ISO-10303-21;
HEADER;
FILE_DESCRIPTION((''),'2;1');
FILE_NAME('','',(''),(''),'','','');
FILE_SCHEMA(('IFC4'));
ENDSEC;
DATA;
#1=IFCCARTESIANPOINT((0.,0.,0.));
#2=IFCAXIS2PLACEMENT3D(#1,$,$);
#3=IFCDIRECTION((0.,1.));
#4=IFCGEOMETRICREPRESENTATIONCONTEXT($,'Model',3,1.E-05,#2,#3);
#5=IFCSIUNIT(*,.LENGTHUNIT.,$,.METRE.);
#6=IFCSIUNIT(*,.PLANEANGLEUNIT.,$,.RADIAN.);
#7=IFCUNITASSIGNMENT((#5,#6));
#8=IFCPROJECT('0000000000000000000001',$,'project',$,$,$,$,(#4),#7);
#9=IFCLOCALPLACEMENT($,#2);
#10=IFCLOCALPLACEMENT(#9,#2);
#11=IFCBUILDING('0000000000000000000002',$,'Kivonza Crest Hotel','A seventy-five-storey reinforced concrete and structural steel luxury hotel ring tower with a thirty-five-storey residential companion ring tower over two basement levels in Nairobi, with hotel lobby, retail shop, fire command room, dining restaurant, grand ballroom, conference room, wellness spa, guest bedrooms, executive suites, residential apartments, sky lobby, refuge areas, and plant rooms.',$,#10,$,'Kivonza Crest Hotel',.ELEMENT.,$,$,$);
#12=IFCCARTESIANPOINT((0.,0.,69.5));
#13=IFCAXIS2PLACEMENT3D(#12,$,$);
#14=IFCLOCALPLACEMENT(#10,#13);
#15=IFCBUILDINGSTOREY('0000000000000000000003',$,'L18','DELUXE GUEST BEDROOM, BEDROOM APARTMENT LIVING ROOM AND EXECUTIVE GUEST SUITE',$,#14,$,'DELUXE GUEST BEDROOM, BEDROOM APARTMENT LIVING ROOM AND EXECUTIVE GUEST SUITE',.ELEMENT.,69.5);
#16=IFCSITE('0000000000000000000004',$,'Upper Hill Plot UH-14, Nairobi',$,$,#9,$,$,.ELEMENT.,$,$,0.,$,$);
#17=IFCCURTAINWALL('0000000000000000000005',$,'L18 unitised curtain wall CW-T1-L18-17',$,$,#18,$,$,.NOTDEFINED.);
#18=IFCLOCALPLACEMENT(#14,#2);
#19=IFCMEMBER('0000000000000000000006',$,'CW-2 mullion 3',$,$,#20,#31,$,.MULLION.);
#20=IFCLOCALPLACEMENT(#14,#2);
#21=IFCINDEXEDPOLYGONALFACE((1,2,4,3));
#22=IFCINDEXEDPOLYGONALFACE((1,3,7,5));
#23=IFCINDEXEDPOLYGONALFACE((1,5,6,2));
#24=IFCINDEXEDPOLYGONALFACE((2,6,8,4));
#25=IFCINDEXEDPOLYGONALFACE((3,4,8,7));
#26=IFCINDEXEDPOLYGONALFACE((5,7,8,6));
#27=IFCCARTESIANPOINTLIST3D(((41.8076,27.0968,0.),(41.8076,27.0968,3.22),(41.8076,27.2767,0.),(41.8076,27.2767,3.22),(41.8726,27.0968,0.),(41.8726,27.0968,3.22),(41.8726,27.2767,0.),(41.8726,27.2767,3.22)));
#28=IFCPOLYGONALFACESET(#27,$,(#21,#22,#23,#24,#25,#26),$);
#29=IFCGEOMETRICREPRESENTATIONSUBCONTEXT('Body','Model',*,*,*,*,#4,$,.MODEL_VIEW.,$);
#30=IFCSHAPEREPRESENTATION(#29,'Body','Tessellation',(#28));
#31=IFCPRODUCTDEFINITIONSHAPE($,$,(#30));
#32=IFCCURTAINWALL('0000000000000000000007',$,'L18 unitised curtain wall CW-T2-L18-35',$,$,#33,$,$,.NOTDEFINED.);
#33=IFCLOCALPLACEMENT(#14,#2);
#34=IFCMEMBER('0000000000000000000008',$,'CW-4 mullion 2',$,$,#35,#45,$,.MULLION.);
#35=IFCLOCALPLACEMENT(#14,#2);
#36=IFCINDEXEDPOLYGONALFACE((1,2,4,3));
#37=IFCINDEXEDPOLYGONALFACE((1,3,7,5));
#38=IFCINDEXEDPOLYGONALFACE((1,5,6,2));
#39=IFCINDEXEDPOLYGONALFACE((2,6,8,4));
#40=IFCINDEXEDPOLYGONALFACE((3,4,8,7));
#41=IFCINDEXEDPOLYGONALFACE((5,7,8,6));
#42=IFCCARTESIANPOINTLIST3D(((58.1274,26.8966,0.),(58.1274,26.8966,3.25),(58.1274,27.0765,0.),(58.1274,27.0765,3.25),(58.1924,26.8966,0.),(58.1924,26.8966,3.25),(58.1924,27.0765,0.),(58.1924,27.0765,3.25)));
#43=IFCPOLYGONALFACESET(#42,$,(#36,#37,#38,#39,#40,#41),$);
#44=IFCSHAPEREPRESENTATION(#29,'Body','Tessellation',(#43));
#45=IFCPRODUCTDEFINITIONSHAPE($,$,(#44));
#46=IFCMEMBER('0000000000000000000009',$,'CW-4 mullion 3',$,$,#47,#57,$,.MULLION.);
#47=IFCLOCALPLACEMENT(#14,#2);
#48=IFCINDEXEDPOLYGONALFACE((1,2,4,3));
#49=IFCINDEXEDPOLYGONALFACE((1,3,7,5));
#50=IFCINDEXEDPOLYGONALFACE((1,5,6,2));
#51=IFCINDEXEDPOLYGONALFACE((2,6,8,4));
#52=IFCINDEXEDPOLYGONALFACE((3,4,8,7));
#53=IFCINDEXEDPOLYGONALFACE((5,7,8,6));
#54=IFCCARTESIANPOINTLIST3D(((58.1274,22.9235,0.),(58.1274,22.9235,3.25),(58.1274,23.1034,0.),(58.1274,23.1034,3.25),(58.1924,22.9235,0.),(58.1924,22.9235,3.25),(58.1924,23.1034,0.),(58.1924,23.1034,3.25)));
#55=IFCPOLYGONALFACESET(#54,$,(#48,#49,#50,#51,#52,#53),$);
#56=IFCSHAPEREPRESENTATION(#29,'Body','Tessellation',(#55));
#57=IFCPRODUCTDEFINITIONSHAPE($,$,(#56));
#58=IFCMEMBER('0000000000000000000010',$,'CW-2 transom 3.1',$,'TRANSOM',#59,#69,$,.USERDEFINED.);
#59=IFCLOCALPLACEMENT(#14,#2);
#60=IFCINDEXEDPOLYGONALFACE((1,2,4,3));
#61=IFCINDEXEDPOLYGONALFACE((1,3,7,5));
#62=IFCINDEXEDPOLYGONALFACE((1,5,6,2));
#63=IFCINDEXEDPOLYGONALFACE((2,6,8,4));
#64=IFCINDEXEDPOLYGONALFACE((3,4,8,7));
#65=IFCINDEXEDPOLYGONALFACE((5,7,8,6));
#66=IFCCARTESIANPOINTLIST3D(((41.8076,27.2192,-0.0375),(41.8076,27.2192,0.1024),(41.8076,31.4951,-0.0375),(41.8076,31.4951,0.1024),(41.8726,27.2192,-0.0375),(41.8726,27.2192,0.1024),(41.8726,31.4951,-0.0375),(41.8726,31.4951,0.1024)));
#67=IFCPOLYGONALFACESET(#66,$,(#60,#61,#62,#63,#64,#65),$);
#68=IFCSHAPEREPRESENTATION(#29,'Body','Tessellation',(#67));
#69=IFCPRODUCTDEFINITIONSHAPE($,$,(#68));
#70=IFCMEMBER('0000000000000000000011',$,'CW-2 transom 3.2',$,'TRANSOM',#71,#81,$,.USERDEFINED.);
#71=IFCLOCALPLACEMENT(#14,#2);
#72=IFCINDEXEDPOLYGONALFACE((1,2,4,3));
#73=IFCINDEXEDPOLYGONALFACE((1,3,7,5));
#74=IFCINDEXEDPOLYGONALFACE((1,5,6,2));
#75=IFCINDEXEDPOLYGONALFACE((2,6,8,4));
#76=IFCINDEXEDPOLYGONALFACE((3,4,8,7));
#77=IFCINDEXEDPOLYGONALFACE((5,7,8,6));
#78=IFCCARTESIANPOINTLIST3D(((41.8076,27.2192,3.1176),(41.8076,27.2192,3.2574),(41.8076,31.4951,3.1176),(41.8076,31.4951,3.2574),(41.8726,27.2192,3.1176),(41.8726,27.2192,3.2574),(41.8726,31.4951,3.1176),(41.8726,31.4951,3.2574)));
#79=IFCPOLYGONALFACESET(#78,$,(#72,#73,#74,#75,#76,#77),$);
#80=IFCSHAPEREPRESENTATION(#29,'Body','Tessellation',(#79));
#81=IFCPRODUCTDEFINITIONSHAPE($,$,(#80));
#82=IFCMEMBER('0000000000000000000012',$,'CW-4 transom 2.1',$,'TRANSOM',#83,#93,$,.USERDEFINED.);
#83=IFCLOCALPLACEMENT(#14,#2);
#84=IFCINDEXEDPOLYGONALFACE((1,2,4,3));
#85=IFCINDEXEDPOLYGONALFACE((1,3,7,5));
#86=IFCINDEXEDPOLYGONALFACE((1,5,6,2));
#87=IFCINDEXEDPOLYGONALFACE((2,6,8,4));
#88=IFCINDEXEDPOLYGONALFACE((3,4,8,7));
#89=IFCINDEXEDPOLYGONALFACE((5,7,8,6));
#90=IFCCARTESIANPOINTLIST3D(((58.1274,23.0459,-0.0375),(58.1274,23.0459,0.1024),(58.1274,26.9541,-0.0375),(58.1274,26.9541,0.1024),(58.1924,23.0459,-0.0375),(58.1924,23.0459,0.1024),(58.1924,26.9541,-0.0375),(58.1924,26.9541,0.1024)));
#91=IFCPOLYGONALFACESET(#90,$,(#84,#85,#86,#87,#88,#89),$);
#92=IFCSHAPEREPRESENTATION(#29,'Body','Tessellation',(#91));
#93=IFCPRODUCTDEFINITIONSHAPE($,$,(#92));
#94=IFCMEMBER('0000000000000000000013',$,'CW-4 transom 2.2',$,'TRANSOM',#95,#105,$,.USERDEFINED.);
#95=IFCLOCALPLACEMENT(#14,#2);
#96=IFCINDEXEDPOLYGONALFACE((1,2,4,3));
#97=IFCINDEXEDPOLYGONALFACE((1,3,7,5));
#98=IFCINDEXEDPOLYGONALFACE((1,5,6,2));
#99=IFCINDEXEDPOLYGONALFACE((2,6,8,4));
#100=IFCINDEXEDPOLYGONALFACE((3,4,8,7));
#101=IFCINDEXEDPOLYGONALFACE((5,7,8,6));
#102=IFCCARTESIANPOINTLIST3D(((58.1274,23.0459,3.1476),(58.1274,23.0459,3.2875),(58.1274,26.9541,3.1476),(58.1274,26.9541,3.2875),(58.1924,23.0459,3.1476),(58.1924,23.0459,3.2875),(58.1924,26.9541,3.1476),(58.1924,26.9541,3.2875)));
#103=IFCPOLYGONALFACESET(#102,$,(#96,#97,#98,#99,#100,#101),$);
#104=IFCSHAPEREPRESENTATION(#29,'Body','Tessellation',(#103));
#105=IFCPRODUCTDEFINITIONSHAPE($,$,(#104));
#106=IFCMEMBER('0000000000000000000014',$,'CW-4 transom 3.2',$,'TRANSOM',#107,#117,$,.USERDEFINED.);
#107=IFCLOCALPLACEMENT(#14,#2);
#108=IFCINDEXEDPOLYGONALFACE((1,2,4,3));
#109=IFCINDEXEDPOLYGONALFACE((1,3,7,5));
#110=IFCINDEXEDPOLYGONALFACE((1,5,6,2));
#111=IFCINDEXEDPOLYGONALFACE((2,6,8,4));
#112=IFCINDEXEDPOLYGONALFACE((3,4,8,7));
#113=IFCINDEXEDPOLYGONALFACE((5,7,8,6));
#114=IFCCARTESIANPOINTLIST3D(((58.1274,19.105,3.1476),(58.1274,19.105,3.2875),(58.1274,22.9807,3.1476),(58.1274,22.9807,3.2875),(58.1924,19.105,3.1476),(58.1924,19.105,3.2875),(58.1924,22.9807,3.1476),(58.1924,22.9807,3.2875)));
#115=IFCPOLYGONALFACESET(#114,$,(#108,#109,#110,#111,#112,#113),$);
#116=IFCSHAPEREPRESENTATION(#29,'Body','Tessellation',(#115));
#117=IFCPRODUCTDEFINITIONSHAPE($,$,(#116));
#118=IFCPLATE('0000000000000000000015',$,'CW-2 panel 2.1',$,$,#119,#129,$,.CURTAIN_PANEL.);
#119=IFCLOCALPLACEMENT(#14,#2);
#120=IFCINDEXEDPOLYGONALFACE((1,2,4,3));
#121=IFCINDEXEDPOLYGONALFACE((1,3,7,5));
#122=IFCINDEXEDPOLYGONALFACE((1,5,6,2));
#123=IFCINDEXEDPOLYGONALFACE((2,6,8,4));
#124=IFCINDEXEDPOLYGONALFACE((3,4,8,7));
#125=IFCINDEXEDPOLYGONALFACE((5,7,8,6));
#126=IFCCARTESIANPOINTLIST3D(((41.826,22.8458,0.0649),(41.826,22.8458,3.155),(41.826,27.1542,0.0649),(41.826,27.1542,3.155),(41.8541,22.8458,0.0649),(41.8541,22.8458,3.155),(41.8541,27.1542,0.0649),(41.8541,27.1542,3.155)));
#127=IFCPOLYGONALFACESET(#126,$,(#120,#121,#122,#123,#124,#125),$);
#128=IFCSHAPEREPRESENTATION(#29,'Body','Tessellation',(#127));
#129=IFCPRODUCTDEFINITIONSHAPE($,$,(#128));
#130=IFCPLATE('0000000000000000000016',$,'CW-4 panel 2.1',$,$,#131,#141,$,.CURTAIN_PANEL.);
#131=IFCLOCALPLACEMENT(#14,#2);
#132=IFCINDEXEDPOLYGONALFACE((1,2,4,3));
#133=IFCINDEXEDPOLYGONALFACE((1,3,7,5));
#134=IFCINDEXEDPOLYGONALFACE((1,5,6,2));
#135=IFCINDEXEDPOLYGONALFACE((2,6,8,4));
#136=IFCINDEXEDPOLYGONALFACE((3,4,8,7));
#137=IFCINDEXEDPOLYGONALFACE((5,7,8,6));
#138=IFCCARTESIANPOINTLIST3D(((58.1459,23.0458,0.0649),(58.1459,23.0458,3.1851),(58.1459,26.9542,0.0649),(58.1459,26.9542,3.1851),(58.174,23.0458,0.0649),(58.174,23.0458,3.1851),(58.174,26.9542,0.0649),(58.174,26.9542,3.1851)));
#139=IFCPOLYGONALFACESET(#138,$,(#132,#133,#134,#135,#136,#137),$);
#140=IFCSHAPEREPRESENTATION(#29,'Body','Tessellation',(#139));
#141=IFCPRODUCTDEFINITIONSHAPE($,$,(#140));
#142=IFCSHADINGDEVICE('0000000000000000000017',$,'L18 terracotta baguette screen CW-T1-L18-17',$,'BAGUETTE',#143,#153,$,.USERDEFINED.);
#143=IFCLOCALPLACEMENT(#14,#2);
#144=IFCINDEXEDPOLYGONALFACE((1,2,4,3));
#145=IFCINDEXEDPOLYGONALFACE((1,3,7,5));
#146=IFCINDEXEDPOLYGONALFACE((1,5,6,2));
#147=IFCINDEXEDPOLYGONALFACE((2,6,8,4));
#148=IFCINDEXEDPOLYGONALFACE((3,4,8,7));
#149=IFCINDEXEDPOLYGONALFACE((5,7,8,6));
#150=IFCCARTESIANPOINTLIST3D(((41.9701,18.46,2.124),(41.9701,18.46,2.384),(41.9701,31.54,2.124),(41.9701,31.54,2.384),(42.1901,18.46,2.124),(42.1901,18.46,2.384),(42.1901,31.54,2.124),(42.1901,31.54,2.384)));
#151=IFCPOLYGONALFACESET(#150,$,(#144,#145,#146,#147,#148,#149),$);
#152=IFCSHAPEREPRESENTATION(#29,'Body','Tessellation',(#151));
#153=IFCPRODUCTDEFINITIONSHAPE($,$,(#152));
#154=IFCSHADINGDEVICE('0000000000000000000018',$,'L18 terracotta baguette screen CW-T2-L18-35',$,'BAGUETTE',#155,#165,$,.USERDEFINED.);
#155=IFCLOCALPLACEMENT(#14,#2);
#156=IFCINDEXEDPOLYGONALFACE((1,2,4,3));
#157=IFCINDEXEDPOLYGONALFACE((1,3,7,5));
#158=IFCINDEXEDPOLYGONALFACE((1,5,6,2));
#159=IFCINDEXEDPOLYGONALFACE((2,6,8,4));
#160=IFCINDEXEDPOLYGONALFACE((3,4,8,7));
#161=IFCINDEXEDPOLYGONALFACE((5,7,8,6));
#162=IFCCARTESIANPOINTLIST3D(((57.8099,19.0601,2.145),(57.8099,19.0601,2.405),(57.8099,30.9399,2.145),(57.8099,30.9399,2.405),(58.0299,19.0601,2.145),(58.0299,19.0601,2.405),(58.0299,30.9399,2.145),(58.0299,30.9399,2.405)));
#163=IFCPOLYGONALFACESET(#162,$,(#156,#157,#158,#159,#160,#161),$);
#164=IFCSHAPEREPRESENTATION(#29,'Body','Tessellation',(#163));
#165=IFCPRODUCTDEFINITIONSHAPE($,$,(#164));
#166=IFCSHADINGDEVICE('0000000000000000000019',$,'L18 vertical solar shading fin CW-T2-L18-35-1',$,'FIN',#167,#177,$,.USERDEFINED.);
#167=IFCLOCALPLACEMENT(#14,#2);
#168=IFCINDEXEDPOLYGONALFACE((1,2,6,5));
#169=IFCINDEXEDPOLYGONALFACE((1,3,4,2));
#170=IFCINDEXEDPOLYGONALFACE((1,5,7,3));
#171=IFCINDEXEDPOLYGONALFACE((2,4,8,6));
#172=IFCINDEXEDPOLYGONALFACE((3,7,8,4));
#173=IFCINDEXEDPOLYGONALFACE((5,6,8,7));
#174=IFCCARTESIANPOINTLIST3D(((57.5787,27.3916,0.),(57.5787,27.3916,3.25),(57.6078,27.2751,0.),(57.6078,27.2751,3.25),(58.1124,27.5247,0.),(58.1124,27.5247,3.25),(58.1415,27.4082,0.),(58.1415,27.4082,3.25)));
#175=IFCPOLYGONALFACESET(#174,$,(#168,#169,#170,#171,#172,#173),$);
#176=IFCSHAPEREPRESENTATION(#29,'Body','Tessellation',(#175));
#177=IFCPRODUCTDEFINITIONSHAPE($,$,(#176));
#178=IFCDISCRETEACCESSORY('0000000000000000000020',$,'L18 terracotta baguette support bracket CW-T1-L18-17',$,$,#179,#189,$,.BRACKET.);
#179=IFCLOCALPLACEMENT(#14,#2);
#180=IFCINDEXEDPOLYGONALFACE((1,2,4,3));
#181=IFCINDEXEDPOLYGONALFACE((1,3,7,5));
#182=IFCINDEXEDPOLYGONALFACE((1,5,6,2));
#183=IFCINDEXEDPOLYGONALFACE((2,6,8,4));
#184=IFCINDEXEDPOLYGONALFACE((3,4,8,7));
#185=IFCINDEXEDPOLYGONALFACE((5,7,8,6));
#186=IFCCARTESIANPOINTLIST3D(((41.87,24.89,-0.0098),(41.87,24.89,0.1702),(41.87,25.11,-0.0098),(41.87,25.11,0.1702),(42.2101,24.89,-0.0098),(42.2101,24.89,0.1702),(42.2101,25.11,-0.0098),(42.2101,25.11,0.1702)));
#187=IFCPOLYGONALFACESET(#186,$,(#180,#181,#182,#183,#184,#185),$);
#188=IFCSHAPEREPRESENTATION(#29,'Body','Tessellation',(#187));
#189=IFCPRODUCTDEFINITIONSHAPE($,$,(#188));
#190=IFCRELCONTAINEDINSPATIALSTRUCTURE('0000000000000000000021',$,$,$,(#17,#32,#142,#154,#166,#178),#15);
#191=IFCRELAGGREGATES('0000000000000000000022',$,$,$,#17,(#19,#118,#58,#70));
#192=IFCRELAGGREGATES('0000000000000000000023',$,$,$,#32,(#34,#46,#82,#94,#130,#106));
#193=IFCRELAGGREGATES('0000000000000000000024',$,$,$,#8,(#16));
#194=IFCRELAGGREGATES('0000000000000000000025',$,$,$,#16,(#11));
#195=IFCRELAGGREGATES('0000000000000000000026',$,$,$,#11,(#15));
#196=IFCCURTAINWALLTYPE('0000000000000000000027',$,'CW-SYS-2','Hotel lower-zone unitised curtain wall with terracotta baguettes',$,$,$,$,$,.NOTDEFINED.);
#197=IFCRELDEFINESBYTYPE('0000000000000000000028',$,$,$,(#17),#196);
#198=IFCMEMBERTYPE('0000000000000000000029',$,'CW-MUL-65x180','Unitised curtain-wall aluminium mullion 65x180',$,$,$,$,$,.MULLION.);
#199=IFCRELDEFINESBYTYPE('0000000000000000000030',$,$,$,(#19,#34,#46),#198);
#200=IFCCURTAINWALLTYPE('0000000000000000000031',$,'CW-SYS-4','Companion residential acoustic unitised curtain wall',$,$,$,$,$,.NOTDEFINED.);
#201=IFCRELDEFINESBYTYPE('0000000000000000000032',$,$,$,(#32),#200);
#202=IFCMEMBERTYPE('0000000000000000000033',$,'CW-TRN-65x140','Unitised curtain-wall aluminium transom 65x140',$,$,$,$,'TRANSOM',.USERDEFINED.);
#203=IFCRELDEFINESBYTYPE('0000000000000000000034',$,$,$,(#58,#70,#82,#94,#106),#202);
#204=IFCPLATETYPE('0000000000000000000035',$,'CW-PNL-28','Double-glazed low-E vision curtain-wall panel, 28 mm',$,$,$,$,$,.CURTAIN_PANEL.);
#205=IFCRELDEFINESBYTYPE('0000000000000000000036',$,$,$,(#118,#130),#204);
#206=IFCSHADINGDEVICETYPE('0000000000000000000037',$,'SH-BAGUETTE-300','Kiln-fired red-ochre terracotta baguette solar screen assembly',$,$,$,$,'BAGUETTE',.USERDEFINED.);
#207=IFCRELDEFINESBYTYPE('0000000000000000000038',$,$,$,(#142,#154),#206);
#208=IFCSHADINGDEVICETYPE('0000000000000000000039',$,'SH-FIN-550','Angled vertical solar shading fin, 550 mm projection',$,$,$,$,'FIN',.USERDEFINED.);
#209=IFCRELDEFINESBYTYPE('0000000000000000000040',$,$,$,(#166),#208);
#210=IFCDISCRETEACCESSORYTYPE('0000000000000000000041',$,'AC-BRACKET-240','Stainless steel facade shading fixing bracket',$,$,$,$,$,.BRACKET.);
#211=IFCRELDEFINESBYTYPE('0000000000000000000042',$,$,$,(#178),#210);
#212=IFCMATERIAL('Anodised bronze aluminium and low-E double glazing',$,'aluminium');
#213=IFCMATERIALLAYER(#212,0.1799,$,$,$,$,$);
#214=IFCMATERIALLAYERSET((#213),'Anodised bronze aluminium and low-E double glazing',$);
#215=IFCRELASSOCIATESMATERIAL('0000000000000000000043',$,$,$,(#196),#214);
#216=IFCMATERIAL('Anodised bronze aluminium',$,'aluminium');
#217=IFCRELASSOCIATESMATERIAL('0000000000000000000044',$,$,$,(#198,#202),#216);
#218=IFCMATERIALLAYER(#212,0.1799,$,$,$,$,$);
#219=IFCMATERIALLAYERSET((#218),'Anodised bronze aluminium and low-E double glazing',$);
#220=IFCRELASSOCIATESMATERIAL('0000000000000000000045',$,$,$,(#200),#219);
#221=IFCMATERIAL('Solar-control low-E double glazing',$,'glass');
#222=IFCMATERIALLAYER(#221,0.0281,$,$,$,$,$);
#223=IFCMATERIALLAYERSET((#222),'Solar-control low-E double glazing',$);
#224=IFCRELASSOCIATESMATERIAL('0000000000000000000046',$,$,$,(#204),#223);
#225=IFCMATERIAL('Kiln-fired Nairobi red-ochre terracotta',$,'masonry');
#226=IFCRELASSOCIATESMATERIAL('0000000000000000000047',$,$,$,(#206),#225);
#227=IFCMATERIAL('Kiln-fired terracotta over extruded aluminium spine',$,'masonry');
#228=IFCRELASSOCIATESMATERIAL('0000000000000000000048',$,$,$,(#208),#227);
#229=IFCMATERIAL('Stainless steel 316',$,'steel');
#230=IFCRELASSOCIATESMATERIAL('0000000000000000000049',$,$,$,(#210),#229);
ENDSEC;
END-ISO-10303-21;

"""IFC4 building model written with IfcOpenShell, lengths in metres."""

from ifc_helpers import new_model, si_unit, direction, frame, origin, origin_2d, place, context, subcontext, project, spatial, rectangle, extrude, material, layer, layer_set, material_profile, profile_set, type_object, element, aggregate, save


model = new_model("IFC4")

# Units and contexts
model_context = context("Model", 3, precision=1e-05, world=origin(), true_north=direction((0.0, 1.0)))
body_context = subcontext(model_context, "Body", "Model", "MODEL_VIEW")
ifc_project = project(units=[si_unit("LENGTHUNIT", "METRE"), si_unit("PLANEANGLEUNIT", "RADIAN")], contexts=[model_context])

# Site, building, storey
site_placement = place(None, origin())
site = spatial("IfcSite", under=ifc_project, at=site_placement, Name="Upper Hill Plot UH-14, Nairobi", CompositionType="ELEMENT", RefElevation=0.0)
building_placement = place(site_placement, origin())
building = spatial("IfcBuilding", under=site, at=building_placement, Name="Kivonza Crest Hotel", Description="A seventy-five-storey reinforced concrete and structural steel luxury hotel ring tower with a thirty-five-storey residential companion ring tower over two basement levels in Nairobi, with hotel lobby, retail shop, fire command room, dining restaurant, grand ballroom, conference room, wellness spa, guest bedrooms, executive suites, residential apartments, sky lobby, refuge areas, and plant rooms.", LongName="Kivonza Crest Hotel", CompositionType="ELEMENT")
storey_placement = place(building_placement, frame((0.0, 0.0, 69.5)))
storey = spatial("IfcBuildingStorey", under=building, at=storey_placement, Name="L18", Description="DELUXE GUEST BEDROOM, BEDROOM APARTMENT LIVING ROOM AND EXECUTIVE GUEST SUITE", LongName="DELUXE GUEST BEDROOM, BEDROOM APARTMENT LIVING ROOM AND EXECUTIVE GUEST SUITE", CompositionType="ELEMENT", Elevation=69.5)

# Curtain wall, member
ifc_material_1 = material(Name="Anodised bronze aluminium and low-E double glazing", Category="aluminium")
ifc_layer_1 = layer(ifc_material_1, 0.1799)
ifc_layer_set_1 = layer_set([ifc_layer_1], Name="Anodised bronze aluminium and low-E double glazing")
curtain_wall_type_1 = type_object("IfcCurtainWallType", Name="CW-SYS-2", Description="Hotel lower-zone unitised curtain wall with terracotta baguettes", PredefinedType="NOTDEFINED", material=ifc_layer_set_1)
curtain_wall_1_placement = place(storey_placement, origin())
curtain_wall_1 = element("IfcCurtainWall", 1, at=curtain_wall_1_placement, inside=storey, type_object=curtain_wall_type_1, Name="L18 unitised curtain wall CW-T1-L18-17", PredefinedType="NOTDEFINED")
ifc_material_2 = material(Name="Anodised bronze aluminium", Category="aluminium")
ifc_material_profile_1 = material_profile(ifc_material_2, rectangle(XDim=0.0649, YDim=0.1799, at=origin_2d()), Name="CW-M 65x180")
ifc_profile_set_1 = profile_set([ifc_material_profile_1], Name="Anodised bronze aluminium")
member_type_1 = type_object("IfcMemberType", Name="CW-MUL-65x180", Description="Unitised curtain-wall aluminium mullion 65x180", PredefinedType="MULLION", material=ifc_profile_set_1)
member_1_placement = place(storey_placement, frame((41.8401, 27.1868, 0.0), z_axis=(0.0, 0.0, 1.0), x_axis=(-1.0, 0.0, 0.0)))
member_1 = element("IfcMember", 2, at=member_1_placement, type_object=member_type_1, Name="CW-2 mullion 3", PredefinedType="MULLION", context=body_context, shape_type="SweptSolid", body=[
    extrude(rectangle(XDim=0.0649, YDim=0.1799, at=origin_2d()), origin(), (0.0, 0.0, 1.0), 3.22),
])

# Curtain wall, members
ifc_layer_2 = layer(ifc_material_1, 0.1799)
ifc_layer_set_2 = layer_set([ifc_layer_2], Name="Anodised bronze aluminium and low-E double glazing")
curtain_wall_type_2 = type_object("IfcCurtainWallType", Name="CW-SYS-4", Description="Companion residential acoustic unitised curtain wall", PredefinedType="NOTDEFINED", material=ifc_layer_set_2)
curtain_wall_2_placement = place(storey_placement, origin())
curtain_wall_2 = element("IfcCurtainWall", 3, at=curtain_wall_2_placement, inside=storey, type_object=curtain_wall_type_2, Name="L18 unitised curtain wall CW-T2-L18-35", PredefinedType="NOTDEFINED")
member_2_placement = place(storey_placement, frame((58.1599, 26.9866, 0.0), z_axis=(0.0, 0.0, 1.0), x_axis=(1.0, 0.0, 0.0)))
member_2 = element("IfcMember", 4, at=member_2_placement, type_object=member_type_1, Name="CW-4 mullion 2", PredefinedType="MULLION", context=body_context, shape_type="SweptSolid", body=[
    extrude(rectangle(XDim=0.0649, YDim=0.1799, at=origin_2d()), origin(), (0.0, 0.0, 1.0), 3.25),
])
member_3_placement = place(storey_placement, frame((58.1599, 23.0134, 0.0), z_axis=(0.0, 0.0, 1.0), x_axis=(1.0, 0.0, 0.0)))
member_3 = element("IfcMember", 5, at=member_3_placement, type_object=member_type_1, Name="CW-4 mullion 3", PredefinedType="MULLION", context=body_context, shape_type="SweptSolid", body=[
    extrude(rectangle(XDim=0.0649, YDim=0.1799, at=origin_2d()), origin(), (0.0, 0.0, 1.0), 3.25),
])

# Members
ifc_material_profile_2 = material_profile(ifc_material_2, rectangle(XDim=0.0649, YDim=0.1399, at=origin_2d()), Name="CW-T 65x140")
ifc_profile_set_2 = profile_set([ifc_material_profile_2], Name="Anodised bronze aluminium")
member_type_2 = type_object("IfcMemberType", Name="CW-TRN-65x140", Description="Unitised curtain-wall aluminium transom 65x140", ElementType="TRANSOM", PredefinedType="USERDEFINED", material=ifc_profile_set_2)
member_4_placement = place(storey_placement, frame((41.8401, 27.2192, 0.0325), z_axis=(0.0, 1.0, 0.0), x_axis=(-1.0, 0.0, 0.0)))
member_4 = element("IfcMember", 6, at=member_4_placement, type_object=member_type_2, Name="CW-2 transom 3.1", ObjectType="TRANSOM", PredefinedType="USERDEFINED", context=body_context, shape_type="SweptSolid", body=[
    extrude(rectangle(XDim=0.0649, YDim=0.1399, at=origin_2d()), origin(), (0.0, 0.0, 1.0), 4.2759),
])
member_5_placement = place(storey_placement, frame((41.8401, 27.2192, 3.1875), z_axis=(0.0, 1.0, 0.0), x_axis=(-1.0, 0.0, 0.0)))
member_5 = element("IfcMember", 7, at=member_5_placement, type_object=member_type_2, Name="CW-2 transom 3.2", ObjectType="TRANSOM", PredefinedType="USERDEFINED", context=body_context, shape_type="SweptSolid", body=[
    extrude(rectangle(XDim=0.0649, YDim=0.1399, at=origin_2d()), origin(), (0.0, 0.0, 1.0), 4.2759),
])
member_6_placement = place(storey_placement, frame((58.1599, 26.9541, 0.0325), z_axis=(0.0, -1.0, 0.0), x_axis=(1.0, 0.0, 0.0)))
member_6 = element("IfcMember", 8, at=member_6_placement, type_object=member_type_2, Name="CW-4 transom 2.1", ObjectType="TRANSOM", PredefinedType="USERDEFINED", context=body_context, shape_type="SweptSolid", body=[
    extrude(rectangle(XDim=0.0649, YDim=0.1399, at=origin_2d()), origin(), (0.0, 0.0, 1.0), 3.9082),
])
member_7_placement = place(storey_placement, frame((58.1599, 26.9541, 3.2175), z_axis=(0.0, -1.0, 0.0), x_axis=(1.0, 0.0, 0.0)))
member_7 = element("IfcMember", 9, at=member_7_placement, type_object=member_type_2, Name="CW-4 transom 2.2", ObjectType="TRANSOM", PredefinedType="USERDEFINED", context=body_context, shape_type="SweptSolid", body=[
    extrude(rectangle(XDim=0.0649, YDim=0.1399, at=origin_2d()), origin(), (0.0, 0.0, 1.0), 3.9082),
])
member_8_placement = place(storey_placement, frame((58.1599, 22.9807, 3.2175), z_axis=(0.0, -1.0, 0.0), x_axis=(1.0, 0.0, 0.0)))
member_8 = element("IfcMember", 10, at=member_8_placement, type_object=member_type_2, Name="CW-4 transom 3.2", ObjectType="TRANSOM", PredefinedType="USERDEFINED", context=body_context, shape_type="SweptSolid", body=[
    extrude(rectangle(XDim=0.0649, YDim=0.1399, at=origin_2d()), origin(), (0.0, 0.0, 1.0), 3.8757),
])

# Plates
ifc_material_3 = material(Name="Solar-control low-E double glazing", Category="glass")
ifc_layer_3 = layer(ifc_material_3, 0.0281)
ifc_layer_set_3 = layer_set([ifc_layer_3], Name="Solar-control low-E double glazing")
plate_type = type_object("IfcPlateType", Name="CW-PNL-28", Description="Double-glazed low-E vision curtain-wall panel, 28 mm", PredefinedType="CURTAIN_PANEL", material=ifc_layer_set_3)
plate_1_placement = place(storey_placement, frame((41.8401, 25.0, 0.0649), z_axis=(0.0, 0.0, 1.0), x_axis=(0.0, 1.0, 0.0)))
plate_1 = element("IfcPlate", 11, at=plate_1_placement, type_object=plate_type, Name="CW-2 panel 2.1", PredefinedType="CURTAIN_PANEL", context=body_context, shape_type="SweptSolid", body=[
    extrude(rectangle(XDim=4.3083, YDim=0.0281, at=origin_2d()), origin(), (0.0, 0.0, 1.0), 3.0901),
])
aggregate(curtain_wall_1, [member_1, plate_1, member_4, member_5])
plate_2_placement = place(storey_placement, frame((58.1599, 25.0, 0.0649), z_axis=(0.0, 0.0, 1.0), x_axis=(0.0, -1.0, 0.0)))
plate_2 = element("IfcPlate", 12, at=plate_2_placement, type_object=plate_type, Name="CW-4 panel 2.1", PredefinedType="CURTAIN_PANEL", context=body_context, shape_type="SweptSolid", body=[
    extrude(rectangle(XDim=3.9084, YDim=0.0281, at=origin_2d()), origin(), (0.0, 0.0, 1.0), 3.1201),
])
aggregate(curtain_wall_2, [member_2, member_3, member_6, member_7, plate_2, member_8])

# Shading devices
ifc_material_4 = material(Name="Kiln-fired Nairobi red-ochre terracotta", Category="masonry")
shading_device_type_1 = type_object("IfcShadingDeviceType", Name="SH-BAGUETTE-300", Description="Kiln-fired red-ochre terracotta baguette solar screen assembly", ElementType="BAGUETTE", PredefinedType="USERDEFINED", material=ifc_material_4)
shading_device_1_placement = place(storey_placement, frame((42.0801, 25.0, 2.124), z_axis=(0.0, 0.0, 1.0), x_axis=(0.0, 1.0, 0.0)))
element("IfcShadingDevice", 13, at=shading_device_1_placement, inside=storey, type_object=shading_device_type_1, Name="L18 terracotta baguette screen CW-T1-L18-17", ObjectType="BAGUETTE", PredefinedType="USERDEFINED", context=body_context, shape_type="SweptSolid", body=[
    extrude(rectangle(XDim=13.0801, YDim=0.22, at=origin_2d()), origin(), (0.0, 0.0, 1.0), 0.26),
])
shading_device_2_placement = place(storey_placement, frame((57.9199, 25.0, 2.145), z_axis=(0.0, 0.0, 1.0), x_axis=(0.0, -1.0, 0.0)))
element("IfcShadingDevice", 14, at=shading_device_2_placement, inside=storey, type_object=shading_device_type_1, Name="L18 terracotta baguette screen CW-T2-L18-35", ObjectType="BAGUETTE", PredefinedType="USERDEFINED", context=body_context, shape_type="SweptSolid", body=[
    extrude(rectangle(XDim=11.8799, YDim=0.22, at=origin_2d()), origin(), (0.0, 0.0, 1.0), 0.26),
])
ifc_material_5 = material(Name="Kiln-fired terracotta over extruded aluminium spine", Category="masonry")
shading_device_type_2 = type_object("IfcShadingDeviceType", Name="SH-FIN-550", Description="Angled vertical solar shading fin, 550 mm projection", ElementType="FIN", PredefinedType="USERDEFINED", material=ifc_material_5)
shading_device_3_placement = place(storey_placement, frame((57.8601, 27.3999, 0.0), z_axis=(0.0, 0.0, 1.0), x_axis=(0.241922, -0.970296, 0.0)))
element("IfcShadingDevice", 15, at=shading_device_3_placement, inside=storey, type_object=shading_device_type_2, Name="L18 vertical solar shading fin CW-T2-L18-35-1", ObjectType="FIN", PredefinedType="USERDEFINED", context=body_context, shape_type="SweptSolid", body=[
    extrude(rectangle(XDim=0.1201, YDim=0.55, at=origin_2d()), origin(), (0.0, 0.0, 1.0), 3.25),
])

# Discrete accessory
ifc_material_6 = material(Name="Stainless steel 316", Category="steel")
discrete_accessory_type = type_object("IfcDiscreteAccessoryType", Name="AC-BRACKET-240", Description="Stainless steel facade shading fixing bracket", PredefinedType="BRACKET", material=ifc_material_6)
for number, where, z_axis, x_axis, name in (
    (16, (42.04, 25.0, -0.0098), (0.0, 0.0, 1.0), (0.0, 1.0, 0.0), "L18 terracotta baguette support bracket CW-T1-L18-17"),
):
    element("IfcDiscreteAccessory", number, at=place(storey_placement, frame(where, z_axis=z_axis, x_axis=x_axis)), inside=storey, type_object=discrete_accessory_type, Name=name, PredefinedType="BRACKET", context=body_context, shape_type="SweptSolid", body=[
        extrude(rectangle(XDim=0.22, YDim=0.3401, at=origin_2d()), origin(), (0.0, 0.0, 1.0), 0.1799),
    ])

save(model, "model.ifc")
